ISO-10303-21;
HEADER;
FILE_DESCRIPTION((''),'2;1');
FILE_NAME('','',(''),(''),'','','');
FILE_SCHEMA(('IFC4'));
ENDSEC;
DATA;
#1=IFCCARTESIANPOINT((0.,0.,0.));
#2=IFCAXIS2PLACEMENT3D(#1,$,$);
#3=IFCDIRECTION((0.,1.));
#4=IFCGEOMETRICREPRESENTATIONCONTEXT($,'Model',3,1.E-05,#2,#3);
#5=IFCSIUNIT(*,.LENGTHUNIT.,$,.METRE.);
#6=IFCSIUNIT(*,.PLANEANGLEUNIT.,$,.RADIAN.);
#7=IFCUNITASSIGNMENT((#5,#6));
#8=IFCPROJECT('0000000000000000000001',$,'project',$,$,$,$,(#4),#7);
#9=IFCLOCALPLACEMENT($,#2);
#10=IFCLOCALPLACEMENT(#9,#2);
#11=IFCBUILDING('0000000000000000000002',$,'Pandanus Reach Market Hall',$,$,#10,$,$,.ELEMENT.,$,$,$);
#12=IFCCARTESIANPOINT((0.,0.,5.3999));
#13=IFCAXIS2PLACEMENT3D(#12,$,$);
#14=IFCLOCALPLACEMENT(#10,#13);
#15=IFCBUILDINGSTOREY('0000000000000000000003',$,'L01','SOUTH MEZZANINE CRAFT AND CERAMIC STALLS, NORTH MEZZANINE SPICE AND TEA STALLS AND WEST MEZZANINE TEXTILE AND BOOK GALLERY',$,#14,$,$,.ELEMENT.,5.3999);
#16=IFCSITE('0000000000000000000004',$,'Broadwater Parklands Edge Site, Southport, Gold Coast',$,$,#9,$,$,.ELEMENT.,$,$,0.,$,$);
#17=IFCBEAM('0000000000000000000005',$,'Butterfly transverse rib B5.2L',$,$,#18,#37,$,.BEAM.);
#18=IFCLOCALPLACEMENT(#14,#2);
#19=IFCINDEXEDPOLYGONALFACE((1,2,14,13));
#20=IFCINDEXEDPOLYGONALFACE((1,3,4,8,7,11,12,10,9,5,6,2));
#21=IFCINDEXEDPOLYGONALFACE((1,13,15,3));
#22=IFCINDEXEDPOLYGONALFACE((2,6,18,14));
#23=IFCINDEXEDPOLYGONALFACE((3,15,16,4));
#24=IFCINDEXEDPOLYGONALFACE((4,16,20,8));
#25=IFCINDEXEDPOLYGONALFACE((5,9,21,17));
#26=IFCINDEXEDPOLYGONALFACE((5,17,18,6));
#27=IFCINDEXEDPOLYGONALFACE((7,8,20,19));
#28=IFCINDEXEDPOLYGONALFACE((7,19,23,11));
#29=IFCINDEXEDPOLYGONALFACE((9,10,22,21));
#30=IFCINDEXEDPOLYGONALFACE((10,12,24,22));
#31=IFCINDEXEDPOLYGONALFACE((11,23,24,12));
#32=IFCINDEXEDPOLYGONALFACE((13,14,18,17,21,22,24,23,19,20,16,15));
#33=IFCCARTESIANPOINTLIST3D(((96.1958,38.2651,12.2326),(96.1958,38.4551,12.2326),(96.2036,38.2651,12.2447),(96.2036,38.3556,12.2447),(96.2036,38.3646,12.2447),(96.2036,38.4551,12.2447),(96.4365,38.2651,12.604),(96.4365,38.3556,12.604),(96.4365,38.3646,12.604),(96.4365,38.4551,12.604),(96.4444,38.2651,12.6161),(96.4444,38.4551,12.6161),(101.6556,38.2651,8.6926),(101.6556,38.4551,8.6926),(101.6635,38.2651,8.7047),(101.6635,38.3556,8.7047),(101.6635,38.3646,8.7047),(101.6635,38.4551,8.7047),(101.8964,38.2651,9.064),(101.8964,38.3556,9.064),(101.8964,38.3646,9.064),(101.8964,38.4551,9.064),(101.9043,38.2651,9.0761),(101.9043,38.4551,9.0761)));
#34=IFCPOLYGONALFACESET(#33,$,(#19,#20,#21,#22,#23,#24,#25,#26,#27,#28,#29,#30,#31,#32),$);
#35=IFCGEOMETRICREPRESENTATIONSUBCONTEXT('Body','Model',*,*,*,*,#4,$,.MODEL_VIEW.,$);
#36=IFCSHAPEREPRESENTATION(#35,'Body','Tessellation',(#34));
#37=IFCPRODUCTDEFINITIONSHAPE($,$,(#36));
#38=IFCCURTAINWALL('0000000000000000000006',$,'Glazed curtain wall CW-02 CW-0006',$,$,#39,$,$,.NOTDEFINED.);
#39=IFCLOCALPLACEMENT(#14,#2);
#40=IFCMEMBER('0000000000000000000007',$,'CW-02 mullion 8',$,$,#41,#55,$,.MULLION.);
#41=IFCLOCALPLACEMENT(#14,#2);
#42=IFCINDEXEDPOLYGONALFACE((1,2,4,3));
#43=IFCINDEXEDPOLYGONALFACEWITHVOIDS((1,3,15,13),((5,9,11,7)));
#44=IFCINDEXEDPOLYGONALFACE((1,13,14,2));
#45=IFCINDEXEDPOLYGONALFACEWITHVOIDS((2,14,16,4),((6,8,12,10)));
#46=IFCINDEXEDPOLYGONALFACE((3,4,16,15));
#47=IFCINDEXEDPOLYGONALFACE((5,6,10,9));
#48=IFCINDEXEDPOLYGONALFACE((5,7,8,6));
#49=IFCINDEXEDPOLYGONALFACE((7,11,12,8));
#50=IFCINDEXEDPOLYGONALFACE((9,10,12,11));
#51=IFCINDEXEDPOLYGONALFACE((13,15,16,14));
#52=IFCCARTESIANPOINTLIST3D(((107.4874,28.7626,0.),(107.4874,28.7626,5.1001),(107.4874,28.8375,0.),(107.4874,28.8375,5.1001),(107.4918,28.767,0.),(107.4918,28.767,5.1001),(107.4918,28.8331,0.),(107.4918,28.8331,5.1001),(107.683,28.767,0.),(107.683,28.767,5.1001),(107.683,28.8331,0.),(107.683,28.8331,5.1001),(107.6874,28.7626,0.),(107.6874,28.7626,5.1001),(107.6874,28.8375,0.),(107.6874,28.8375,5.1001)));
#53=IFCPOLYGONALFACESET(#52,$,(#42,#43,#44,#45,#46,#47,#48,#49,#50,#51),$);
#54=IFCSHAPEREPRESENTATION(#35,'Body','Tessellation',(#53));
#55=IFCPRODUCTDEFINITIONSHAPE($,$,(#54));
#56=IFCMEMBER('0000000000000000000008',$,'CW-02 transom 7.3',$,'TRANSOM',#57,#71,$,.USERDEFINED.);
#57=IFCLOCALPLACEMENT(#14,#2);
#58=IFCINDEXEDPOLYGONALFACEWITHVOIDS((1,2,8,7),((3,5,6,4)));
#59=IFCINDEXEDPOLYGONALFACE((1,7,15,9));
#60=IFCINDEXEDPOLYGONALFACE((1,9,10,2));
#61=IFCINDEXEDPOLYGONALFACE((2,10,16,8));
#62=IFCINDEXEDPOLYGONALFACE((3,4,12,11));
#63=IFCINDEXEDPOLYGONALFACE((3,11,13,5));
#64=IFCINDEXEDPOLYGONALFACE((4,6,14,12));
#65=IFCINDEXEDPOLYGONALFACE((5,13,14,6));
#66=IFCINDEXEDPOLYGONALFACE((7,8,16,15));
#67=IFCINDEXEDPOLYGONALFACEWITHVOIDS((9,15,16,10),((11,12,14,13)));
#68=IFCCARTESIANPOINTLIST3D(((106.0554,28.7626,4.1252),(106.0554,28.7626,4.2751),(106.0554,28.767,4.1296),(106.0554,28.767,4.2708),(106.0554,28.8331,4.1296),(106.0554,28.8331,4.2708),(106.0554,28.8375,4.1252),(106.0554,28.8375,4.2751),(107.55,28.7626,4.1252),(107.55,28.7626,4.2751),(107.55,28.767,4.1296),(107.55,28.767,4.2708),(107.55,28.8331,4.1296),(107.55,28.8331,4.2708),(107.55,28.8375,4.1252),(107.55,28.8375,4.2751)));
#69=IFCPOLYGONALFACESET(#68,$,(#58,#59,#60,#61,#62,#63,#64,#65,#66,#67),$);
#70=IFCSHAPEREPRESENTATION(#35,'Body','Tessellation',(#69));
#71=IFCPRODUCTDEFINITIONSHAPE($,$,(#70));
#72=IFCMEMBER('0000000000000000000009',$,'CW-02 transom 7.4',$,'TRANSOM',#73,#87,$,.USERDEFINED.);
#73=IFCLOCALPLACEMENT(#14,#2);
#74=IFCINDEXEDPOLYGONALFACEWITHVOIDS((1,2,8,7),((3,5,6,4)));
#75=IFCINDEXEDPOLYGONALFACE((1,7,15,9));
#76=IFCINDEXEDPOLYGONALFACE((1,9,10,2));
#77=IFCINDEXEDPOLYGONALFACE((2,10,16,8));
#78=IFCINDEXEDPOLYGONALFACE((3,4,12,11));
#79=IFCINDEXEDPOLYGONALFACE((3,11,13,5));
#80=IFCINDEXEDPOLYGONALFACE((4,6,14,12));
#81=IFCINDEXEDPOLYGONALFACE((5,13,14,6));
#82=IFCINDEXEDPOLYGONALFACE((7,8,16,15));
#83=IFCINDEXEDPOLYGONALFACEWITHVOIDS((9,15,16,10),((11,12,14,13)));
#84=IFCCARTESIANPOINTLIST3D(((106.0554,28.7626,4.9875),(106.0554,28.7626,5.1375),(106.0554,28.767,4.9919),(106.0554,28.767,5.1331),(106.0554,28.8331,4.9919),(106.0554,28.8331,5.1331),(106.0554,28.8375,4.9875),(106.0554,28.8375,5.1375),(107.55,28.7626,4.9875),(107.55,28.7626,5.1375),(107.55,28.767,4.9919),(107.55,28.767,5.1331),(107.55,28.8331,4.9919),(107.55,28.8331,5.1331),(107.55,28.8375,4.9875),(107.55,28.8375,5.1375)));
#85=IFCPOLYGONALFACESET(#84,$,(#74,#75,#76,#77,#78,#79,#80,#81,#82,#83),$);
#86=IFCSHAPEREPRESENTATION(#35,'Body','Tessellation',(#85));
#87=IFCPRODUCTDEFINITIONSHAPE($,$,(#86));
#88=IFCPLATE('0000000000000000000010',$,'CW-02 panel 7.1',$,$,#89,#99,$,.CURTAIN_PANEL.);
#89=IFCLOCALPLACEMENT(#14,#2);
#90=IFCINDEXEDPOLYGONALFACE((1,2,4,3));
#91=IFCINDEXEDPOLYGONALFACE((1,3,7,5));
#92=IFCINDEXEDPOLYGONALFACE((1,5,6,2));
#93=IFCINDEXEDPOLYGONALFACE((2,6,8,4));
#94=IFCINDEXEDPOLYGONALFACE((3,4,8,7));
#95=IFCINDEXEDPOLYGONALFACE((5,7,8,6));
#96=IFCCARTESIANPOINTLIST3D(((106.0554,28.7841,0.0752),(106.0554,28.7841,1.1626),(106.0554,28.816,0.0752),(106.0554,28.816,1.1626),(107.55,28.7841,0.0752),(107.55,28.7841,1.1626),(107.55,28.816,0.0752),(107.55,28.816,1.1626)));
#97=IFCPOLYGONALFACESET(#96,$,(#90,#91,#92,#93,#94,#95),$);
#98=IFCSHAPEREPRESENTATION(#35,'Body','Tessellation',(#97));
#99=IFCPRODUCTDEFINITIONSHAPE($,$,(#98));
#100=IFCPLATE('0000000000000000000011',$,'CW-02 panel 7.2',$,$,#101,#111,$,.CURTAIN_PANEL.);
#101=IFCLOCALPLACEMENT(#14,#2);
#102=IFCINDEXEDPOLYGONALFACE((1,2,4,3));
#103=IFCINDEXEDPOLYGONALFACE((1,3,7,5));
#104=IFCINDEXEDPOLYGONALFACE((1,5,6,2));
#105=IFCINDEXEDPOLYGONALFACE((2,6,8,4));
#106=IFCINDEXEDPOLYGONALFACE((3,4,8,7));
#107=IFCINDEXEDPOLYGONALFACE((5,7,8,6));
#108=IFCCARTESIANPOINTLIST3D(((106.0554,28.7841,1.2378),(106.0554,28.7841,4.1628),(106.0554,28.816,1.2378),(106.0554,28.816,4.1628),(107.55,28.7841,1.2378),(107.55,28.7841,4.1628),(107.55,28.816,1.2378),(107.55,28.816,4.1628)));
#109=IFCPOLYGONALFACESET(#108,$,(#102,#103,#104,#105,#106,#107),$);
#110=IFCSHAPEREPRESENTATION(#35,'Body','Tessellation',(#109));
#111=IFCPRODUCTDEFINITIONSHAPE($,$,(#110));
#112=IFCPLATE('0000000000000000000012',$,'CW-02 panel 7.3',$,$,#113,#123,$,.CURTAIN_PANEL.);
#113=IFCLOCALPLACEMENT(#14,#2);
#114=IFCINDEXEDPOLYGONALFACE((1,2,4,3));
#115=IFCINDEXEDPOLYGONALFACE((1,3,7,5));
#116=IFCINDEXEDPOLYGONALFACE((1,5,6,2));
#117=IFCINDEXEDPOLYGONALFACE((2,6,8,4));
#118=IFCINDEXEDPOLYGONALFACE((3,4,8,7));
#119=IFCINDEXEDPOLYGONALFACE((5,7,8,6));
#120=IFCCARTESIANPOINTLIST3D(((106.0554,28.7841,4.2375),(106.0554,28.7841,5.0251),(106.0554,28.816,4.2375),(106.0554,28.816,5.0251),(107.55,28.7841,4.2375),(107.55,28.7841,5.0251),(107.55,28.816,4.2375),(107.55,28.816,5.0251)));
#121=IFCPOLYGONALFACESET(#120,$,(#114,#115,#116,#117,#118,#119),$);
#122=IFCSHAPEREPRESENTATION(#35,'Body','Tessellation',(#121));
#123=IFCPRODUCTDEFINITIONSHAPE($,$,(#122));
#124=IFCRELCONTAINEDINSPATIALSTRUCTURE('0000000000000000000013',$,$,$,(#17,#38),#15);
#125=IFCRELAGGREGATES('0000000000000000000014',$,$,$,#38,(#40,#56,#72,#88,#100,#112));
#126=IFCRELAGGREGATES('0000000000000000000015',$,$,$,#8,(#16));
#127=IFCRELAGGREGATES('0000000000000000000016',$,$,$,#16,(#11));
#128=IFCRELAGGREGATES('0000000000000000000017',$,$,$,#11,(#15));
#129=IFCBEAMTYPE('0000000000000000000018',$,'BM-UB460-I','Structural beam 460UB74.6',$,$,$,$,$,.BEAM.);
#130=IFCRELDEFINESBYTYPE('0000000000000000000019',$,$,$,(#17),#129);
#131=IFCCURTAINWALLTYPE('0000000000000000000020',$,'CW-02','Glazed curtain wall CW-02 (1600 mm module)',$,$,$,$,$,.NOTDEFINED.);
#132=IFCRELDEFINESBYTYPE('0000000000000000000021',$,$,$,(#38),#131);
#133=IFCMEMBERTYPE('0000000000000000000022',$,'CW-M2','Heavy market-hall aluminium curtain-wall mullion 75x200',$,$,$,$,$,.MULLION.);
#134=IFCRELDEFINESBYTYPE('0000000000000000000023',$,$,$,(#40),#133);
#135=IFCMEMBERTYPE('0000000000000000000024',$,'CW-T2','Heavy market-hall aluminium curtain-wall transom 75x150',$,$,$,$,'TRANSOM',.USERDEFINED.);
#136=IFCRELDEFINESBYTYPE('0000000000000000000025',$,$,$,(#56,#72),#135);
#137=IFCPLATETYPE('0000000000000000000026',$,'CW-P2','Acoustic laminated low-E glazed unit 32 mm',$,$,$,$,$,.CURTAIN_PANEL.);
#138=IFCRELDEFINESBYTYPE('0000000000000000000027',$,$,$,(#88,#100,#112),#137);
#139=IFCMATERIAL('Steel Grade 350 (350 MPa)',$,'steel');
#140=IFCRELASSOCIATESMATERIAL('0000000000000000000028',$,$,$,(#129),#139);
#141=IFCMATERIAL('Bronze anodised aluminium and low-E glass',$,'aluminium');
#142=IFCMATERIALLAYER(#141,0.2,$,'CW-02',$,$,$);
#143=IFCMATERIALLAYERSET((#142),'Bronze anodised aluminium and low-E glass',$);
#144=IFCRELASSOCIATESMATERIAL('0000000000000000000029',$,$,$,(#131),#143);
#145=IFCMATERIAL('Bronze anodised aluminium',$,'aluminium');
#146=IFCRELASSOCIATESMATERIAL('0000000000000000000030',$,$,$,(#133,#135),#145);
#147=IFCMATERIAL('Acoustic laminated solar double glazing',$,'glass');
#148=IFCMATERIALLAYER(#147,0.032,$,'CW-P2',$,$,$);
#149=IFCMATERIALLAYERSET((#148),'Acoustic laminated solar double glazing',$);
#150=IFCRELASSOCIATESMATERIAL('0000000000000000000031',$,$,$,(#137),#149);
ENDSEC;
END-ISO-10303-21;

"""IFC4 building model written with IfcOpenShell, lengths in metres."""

from ifc_helpers import new_model, si_unit, direction, frame, origin, origin_2d, place, context, subcontext, project, spatial, rectangle, hollow_rectangle, i_section, extrude, material, layer, layer_set, material_profile, profile_set, type_object, element, aggregate, save


model = new_model("IFC4")

# Units and contexts
model_context = context("Model", 3, precision=1e-05, world=origin(), true_north=direction((0.0, 1.0)))
body_context = subcontext(model_context, "Body", "Model", "MODEL_VIEW")
ifc_project = project(units=[si_unit("LENGTHUNIT", "METRE"), si_unit("PLANEANGLEUNIT", "RADIAN")], contexts=[model_context])

# Site, building, storey
site_placement = place(None, origin())
site = spatial("IfcSite", under=ifc_project, at=site_placement, Name="Broadwater Parklands Edge Site, Southport, Gold Coast", CompositionType="ELEMENT", RefElevation=0.0)
building_placement = place(site_placement, origin())
building = spatial("IfcBuilding", under=site, at=building_placement, Name="Pandanus Reach Market Hall", CompositionType="ELEMENT")
storey_placement = place(building_placement, frame((0.0, 0.0, 5.3999)))
storey = spatial("IfcBuildingStorey", under=building, at=storey_placement, Name="L01", Description="SOUTH MEZZANINE CRAFT AND CERAMIC STALLS, NORTH MEZZANINE SPICE AND TEA STALLS AND WEST MEZZANINE TEXTILE AND BOOK GALLERY", CompositionType="ELEMENT", Elevation=5.3999)

# Beam
ifc_material_1 = material(Name="Steel Grade 350 (350 MPa)", Category="steel")
ifc_material_profile_1 = material_profile(ifc_material_1, i_section(OverallWidth=0.1899, OverallDepth=0.457, WebThickness=0.009, FlangeThickness=0.0144, at=origin_2d()), Name="460UB74.6", Category="LoadBearing")
ifc_profile_set_1 = profile_set([ifc_material_profile_1], Name="Steel Grade 350 (350 MPa)")
beam_type_1 = type_object("IfcBeamType", Name="BM-UB460-I", Description="Structural beam 460UB74.6", PredefinedType="BEAM", material=ifc_profile_set_1)
for number, where, z_axis, x_axis, name in (
    (1, (96.3201, 38.3601, 12.4243), (0.839071, 0.0, -0.544023), (0.0, 1.0, 0.0), "Butterfly transverse rib B5.2L"),
):
    element("IfcBeam", number, at=place(storey_placement, frame(where, z_axis=z_axis, x_axis=x_axis)), inside=storey, type_object=beam_type_1, Name=name, PredefinedType="BEAM", context=body_context, shape_type="SweptSolid", body=[
        extrude(i_section(OverallWidth=0.1899, OverallDepth=0.457, WebThickness=0.009, FlangeThickness=0.0144, at=origin_2d()), origin(), (0.0, 0.0, 1.0), 6.5071),
    ])

# Curtain wall, members, plates
ifc_material_2 = material(Name="Bronze anodised aluminium and low-E glass", Category="aluminium")
ifc_layer_1 = layer(ifc_material_2, 0.2, Name="CW-02")
ifc_layer_set_1 = layer_set([ifc_layer_1], Name="Bronze anodised aluminium and low-E glass")
curtain_wall_type = type_object("IfcCurtainWallType", Name="CW-02", Description="Glazed curtain wall CW-02 (1600 mm module)", PredefinedType="NOTDEFINED", material=ifc_layer_set_1)
curtain_wall_placement = place(storey_placement, origin())
curtain_wall = element("IfcCurtainWall", 2, at=curtain_wall_placement, inside=storey, type_object=curtain_wall_type, Name="Glazed curtain wall CW-02 CW-0006", PredefinedType="NOTDEFINED")
ifc_material_3 = material(Name="Bronze anodised aluminium", Category="aluminium")
ifc_material_profile_2 = material_profile(ifc_material_3, hollow_rectangle(XDim=0.075, YDim=0.2, WallThickness=0.0044, at=origin_2d()), Name="ALU75x200", Category="LoadBearing")
ifc_profile_set_2 = profile_set([ifc_material_profile_2], Name="Bronze anodised aluminium")
member_type_1 = type_object("IfcMemberType", Name="CW-M2", Description="Heavy market-hall aluminium curtain-wall mullion 75x200", PredefinedType="MULLION", material=ifc_profile_set_2)
member_1_placement = place(storey_placement, frame((107.5874, 28.8, 0.0), z_axis=(0.0, 0.0, 1.0), x_axis=(0.0, 1.0, 0.0)))
member_1 = element("IfcMember", 3, at=member_1_placement, type_object=member_type_1, Name="CW-02 mullion 8", PredefinedType="MULLION", context=body_context, shape_type="SweptSolid", body=[
    extrude(hollow_rectangle(XDim=0.075, YDim=0.2, WallThickness=0.0044, at=origin_2d()), origin(), (0.0, 0.0, 1.0), 5.1001),
])
ifc_material_profile_3 = material_profile(ifc_material_3, hollow_rectangle(XDim=0.075, YDim=0.1499, WallThickness=0.0044, at=origin_2d()), Name="ALU75x150", Category="LoadBearing")
ifc_profile_set_3 = profile_set([ifc_material_profile_3], Name="Bronze anodised aluminium")
member_type_2 = type_object("IfcMemberType", Name="CW-T2", Description="Heavy market-hall aluminium curtain-wall transom 75x150", ElementType="TRANSOM", PredefinedType="USERDEFINED", material=ifc_profile_set_3)
member_2_placement = place(storey_placement, frame((106.0554, 28.8, 4.2002), z_axis=(1.0, 0.0, 0.0), x_axis=(0.0, 1.0, 0.0)))
member_2 = element("IfcMember", 4, at=member_2_placement, type_object=member_type_2, Name="CW-02 transom 7.3", ObjectType="TRANSOM", PredefinedType="USERDEFINED", context=body_context, shape_type="SweptSolid", body=[
    extrude(hollow_rectangle(XDim=0.075, YDim=0.1499, WallThickness=0.0044, at=origin_2d()), origin(), (0.0, 0.0, 1.0), 1.4946),
])
member_3_placement = place(storey_placement, frame((106.0554, 28.8, 5.0625), z_axis=(1.0, 0.0, 0.0), x_axis=(0.0, 1.0, 0.0)))
member_3 = element("IfcMember", 5, at=member_3_placement, type_object=member_type_2, Name="CW-02 transom 7.4", ObjectType="TRANSOM", PredefinedType="USERDEFINED", context=body_context, shape_type="SweptSolid", body=[
    extrude(hollow_rectangle(XDim=0.075, YDim=0.1499, WallThickness=0.0044, at=origin_2d()), origin(), (0.0, 0.0, 1.0), 1.4946),
])
ifc_material_4 = material(Name="Acoustic laminated solar double glazing", Category="glass")
ifc_layer_2 = layer(ifc_material_4, 0.032, Name="CW-P2")
ifc_layer_set_2 = layer_set([ifc_layer_2], Name="Acoustic laminated solar double glazing")
plate_type = type_object("IfcPlateType", Name="CW-P2", Description="Acoustic laminated low-E glazed unit 32 mm", PredefinedType="CURTAIN_PANEL", material=ifc_layer_set_2)
plate_1_placement = place(storey_placement, frame((106.8027, 28.8, 0.0752), z_axis=(0.0, 0.0, 1.0), x_axis=(1.0, 0.0, 0.0)))
plate_1 = element("IfcPlate", 6, at=plate_1_placement, type_object=plate_type, Name="CW-02 panel 7.1", PredefinedType="CURTAIN_PANEL", context=body_context, shape_type="SweptSolid", body=[
    extrude(rectangle(XDim=1.4946, YDim=0.032, at=origin_2d()), origin(), (0.0, 0.0, 1.0), 1.0874),
])
plate_2_placement = place(storey_placement, frame((106.8027, 28.8, 1.2378), z_axis=(0.0, 0.0, 1.0), x_axis=(1.0, 0.0, 0.0)))
plate_2 = element("IfcPlate", 7, at=plate_2_placement, type_object=plate_type, Name="CW-02 panel 7.2", PredefinedType="CURTAIN_PANEL", context=body_context, shape_type="SweptSolid", body=[
    extrude(rectangle(XDim=1.4946, YDim=0.032, at=origin_2d()), origin(), (0.0, 0.0, 1.0), 2.925),
])
plate_3_placement = place(storey_placement, frame((106.8027, 28.8, 4.2375), z_axis=(0.0, 0.0, 1.0), x_axis=(1.0, 0.0, 0.0)))
plate_3 = element("IfcPlate", 8, at=plate_3_placement, type_object=plate_type, Name="CW-02 panel 7.3", PredefinedType="CURTAIN_PANEL", context=body_context, shape_type="SweptSolid", body=[
    extrude(rectangle(XDim=1.4946, YDim=0.032, at=origin_2d()), origin(), (0.0, 0.0, 1.0), 0.7876),
])
aggregate(curtain_wall, [member_1, member_2, member_3, plate_1, plate_2, plate_3])

save(model, "model.ifc")
